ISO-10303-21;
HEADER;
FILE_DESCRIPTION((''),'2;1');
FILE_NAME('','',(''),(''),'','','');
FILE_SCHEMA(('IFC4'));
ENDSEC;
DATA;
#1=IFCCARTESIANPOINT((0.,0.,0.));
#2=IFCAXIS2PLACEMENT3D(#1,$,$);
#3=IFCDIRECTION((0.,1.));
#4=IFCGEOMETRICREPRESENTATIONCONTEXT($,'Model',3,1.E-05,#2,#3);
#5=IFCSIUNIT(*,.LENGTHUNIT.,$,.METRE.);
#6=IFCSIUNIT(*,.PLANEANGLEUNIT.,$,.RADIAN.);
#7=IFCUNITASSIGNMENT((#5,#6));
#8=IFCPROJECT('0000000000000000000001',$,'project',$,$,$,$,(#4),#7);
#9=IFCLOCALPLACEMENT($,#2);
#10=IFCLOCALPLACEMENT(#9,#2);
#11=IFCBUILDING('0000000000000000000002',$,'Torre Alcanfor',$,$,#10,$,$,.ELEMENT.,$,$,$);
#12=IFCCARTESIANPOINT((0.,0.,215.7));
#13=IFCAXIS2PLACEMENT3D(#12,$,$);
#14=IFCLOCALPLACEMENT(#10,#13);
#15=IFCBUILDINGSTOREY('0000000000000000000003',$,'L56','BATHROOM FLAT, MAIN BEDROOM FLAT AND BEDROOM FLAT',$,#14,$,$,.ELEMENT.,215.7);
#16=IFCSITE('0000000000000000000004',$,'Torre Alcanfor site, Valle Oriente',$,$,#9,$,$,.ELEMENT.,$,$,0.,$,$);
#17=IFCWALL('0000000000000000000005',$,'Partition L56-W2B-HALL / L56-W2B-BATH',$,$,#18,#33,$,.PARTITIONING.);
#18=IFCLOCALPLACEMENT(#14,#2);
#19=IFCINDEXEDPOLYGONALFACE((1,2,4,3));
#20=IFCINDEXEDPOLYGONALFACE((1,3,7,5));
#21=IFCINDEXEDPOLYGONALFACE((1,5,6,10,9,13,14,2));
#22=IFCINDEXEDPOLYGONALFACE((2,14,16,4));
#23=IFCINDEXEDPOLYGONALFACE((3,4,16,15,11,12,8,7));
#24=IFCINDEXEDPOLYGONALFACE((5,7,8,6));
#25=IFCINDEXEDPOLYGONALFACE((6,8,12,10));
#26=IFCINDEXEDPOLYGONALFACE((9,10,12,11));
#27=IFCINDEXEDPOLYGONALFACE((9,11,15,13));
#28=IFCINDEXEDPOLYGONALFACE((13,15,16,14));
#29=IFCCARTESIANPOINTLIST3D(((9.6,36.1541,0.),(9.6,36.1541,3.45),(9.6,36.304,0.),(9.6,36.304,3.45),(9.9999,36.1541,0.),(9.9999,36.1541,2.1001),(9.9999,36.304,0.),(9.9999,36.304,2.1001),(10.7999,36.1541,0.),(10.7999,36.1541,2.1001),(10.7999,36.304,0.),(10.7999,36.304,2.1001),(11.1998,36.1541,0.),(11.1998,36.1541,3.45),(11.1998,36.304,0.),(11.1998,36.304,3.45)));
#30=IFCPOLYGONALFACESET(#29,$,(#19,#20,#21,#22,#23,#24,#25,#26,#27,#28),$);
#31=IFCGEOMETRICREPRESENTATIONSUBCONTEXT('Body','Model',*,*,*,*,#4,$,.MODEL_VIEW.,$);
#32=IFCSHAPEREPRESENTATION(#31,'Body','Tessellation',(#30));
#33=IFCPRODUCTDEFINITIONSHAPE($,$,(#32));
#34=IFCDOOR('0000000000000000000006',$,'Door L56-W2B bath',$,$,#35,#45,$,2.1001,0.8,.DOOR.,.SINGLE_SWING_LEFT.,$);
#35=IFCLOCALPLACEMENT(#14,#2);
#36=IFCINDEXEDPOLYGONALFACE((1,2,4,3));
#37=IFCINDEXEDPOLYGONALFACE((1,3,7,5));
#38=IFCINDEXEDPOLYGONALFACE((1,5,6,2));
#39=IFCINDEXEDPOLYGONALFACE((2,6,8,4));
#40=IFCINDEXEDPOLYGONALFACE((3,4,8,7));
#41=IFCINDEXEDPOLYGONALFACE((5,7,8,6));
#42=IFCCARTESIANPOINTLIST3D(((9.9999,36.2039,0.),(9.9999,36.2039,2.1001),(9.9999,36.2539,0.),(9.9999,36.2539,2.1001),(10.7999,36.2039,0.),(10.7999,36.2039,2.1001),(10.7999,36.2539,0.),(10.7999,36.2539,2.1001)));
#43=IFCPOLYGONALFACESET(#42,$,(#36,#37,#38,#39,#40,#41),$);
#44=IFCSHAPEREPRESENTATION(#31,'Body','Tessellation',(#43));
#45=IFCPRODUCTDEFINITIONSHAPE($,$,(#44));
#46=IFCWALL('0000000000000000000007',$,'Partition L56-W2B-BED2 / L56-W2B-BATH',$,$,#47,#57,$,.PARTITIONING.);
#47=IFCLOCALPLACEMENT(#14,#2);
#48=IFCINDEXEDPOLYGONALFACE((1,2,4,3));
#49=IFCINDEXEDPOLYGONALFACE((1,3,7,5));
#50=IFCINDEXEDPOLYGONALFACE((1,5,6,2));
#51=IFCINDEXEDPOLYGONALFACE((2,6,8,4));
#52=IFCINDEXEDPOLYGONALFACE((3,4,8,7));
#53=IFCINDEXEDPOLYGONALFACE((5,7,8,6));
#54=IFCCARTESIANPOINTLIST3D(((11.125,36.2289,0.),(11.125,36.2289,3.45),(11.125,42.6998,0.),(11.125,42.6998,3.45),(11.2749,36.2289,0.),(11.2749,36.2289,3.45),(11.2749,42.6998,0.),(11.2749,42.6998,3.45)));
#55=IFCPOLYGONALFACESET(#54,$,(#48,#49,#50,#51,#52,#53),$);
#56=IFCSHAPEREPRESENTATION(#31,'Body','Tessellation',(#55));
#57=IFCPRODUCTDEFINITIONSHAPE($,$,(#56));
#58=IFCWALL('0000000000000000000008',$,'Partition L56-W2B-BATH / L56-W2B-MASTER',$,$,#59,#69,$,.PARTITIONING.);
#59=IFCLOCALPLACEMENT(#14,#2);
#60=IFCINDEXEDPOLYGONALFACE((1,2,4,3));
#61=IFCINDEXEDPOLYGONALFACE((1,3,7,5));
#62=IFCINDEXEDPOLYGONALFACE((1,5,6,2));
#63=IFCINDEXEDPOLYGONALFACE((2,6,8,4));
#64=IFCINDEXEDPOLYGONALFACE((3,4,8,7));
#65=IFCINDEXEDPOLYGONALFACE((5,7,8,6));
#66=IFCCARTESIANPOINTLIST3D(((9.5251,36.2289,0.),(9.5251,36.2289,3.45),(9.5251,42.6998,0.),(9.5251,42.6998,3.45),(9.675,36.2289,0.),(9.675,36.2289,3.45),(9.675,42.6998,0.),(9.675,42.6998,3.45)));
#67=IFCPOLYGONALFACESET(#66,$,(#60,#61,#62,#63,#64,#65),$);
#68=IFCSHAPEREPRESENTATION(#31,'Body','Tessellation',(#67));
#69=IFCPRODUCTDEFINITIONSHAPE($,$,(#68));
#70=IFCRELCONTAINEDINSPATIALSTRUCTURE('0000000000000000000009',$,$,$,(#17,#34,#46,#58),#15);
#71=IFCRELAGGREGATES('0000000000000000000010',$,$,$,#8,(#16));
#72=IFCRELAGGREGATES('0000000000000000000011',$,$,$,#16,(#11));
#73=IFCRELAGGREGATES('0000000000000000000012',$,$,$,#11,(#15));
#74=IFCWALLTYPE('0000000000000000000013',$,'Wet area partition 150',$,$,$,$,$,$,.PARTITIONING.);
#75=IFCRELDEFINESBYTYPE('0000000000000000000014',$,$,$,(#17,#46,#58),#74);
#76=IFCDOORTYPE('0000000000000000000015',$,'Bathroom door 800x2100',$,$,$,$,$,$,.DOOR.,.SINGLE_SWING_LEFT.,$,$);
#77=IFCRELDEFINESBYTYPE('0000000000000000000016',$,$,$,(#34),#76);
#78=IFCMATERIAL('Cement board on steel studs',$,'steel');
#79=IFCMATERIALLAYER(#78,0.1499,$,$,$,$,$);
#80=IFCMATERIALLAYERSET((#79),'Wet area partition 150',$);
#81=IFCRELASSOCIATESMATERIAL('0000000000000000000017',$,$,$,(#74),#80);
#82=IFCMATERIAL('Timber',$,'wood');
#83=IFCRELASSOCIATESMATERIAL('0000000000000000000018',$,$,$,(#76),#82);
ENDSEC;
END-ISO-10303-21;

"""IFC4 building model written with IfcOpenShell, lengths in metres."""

from ifc_helpers import new_model, si_unit, direction, frame, frame_2d, origin, place, context, subcontext, project, spatial, rectangle, extrude, material, layer, layer_set, type_object, element, fill, save


model = new_model("IFC4")

# Units and contexts
model_context = context("Model", 3, precision=1e-05, world=origin(), true_north=direction((0.0, 1.0)))
body_context = subcontext(model_context, "Body", "Model", "MODEL_VIEW")
ifc_project = project(units=[si_unit("LENGTHUNIT", "METRE"), si_unit("PLANEANGLEUNIT", "RADIAN")], contexts=[model_context])

# Site, building, storey
site_placement = place(None, origin())
site = spatial("IfcSite", under=ifc_project, at=site_placement, Name="Torre Alcanfor site, Valle Oriente", CompositionType="ELEMENT", RefElevation=0.0)
building_placement = place(site_placement, origin())
building = spatial("IfcBuilding", under=site, at=building_placement, Name="Torre Alcanfor", CompositionType="ELEMENT")
storey_placement = place(building_placement, frame((0.0, 0.0, 215.7)))
storey = spatial("IfcBuildingStorey", under=building, at=storey_placement, Name="L56", Description="BATHROOM FLAT, MAIN BEDROOM FLAT AND BEDROOM FLAT", CompositionType="ELEMENT", Elevation=215.7)

# Wall, opening, door
ifc_material_1 = material(Name="Cement board on steel studs", Category="steel")
ifc_layer_1 = layer(ifc_material_1, 0.1499)
ifc_layer_set_1 = layer_set([ifc_layer_1], Name="Wet area partition 150")
wall_type_1 = type_object("IfcWallType", Name="Wet area partition 150", PredefinedType="PARTITIONING", material=ifc_layer_set_1)
wall_1_placement = place(storey_placement, frame((9.6001, 36.229, 0.0), z_axis=(0.0, 0.0, 1.0), x_axis=(1.0, 0.0, 0.0)))
wall_1 = element("IfcWall", 1, at=wall_1_placement, inside=storey, type_object=wall_type_1, Name="Partition L56-W2B-HALL / L56-W2B-BATH", PredefinedType="PARTITIONING", context=body_context, shape_type="SweptSolid", body=[
    extrude(rectangle(XDim=1.5999, YDim=0.1499, at=frame_2d((0.7998, 0.0))), origin(), (0.0, 0.0, 1.0), 3.45),
])
opening_1_placement = place(wall_1_placement, frame((0.3999, 0.0, 0.0)))
opening_1 = element("IfcOpeningElement", 2, at=opening_1_placement, cuts=wall_1, PredefinedType="OPENING", context=body_context, shape_type="SweptSolid", body=[
    extrude(rectangle(XDim=0.8, YDim=2.1001, at=frame_2d((0.3999, 1.05))), frame((0.0, 0.085, 0.0), z_axis=(0.0, -1.0, 0.0), x_axis=(1.0, 0.0, 0.0)), (0.0, 0.0, 1.0), 0.1699),
])
ifc_material_2 = material(Name="Timber", Category="wood")
door_type_1 = type_object("IfcDoorType", Name="Bathroom door 800x2100", OperationType="SINGLE_SWING_LEFT", PredefinedType="DOOR", material=ifc_material_2)
door_1_placement = place(opening_1_placement, origin())
door_1 = element("IfcDoor", 3, at=door_1_placement, inside=storey, type_object=door_type_1, Name="Door L56-W2B bath", OperationType="SINGLE_SWING_LEFT", OverallHeight=2.1001, OverallWidth=0.8, PredefinedType="DOOR", context=body_context, shape_type="SweptSolid", body=[
    extrude(rectangle(XDim=0.8, YDim=2.1001, at=frame_2d((0.3999, 1.05))), frame((0.0, 0.0249, 0.0), z_axis=(0.0, -1.0, 0.0), x_axis=(1.0, 0.0, 0.0)), (0.0, 0.0, 1.0), 0.05),
])
fill(opening_1, door_1)

# Walls
for number, where, z_axis, x_axis, name in (
    (4, (11.2, 36.229, 0.0), (0.0, 0.0, 1.0), (0.0, 1.0, 0.0), "Partition L56-W2B-BED2 / L56-W2B-BATH"),
    (5, (9.6001, 36.229, 0.0), (0.0, 0.0, 1.0), (0.0, 1.0, 0.0), "Partition L56-W2B-BATH / L56-W2B-MASTER"),
):
    element("IfcWall", number, at=place(storey_placement, frame(where, z_axis=z_axis, x_axis=x_axis)), inside=storey, type_object=wall_type_1, Name=name, PredefinedType="PARTITIONING", context=body_context, shape_type="SweptSolid", body=[
        extrude(rectangle(XDim=6.4709, YDim=0.1499, at=frame_2d((3.2354, 0.0))), origin(), (0.0, 0.0, 1.0), 3.45),
    ])

save(model, "model.ifc")
